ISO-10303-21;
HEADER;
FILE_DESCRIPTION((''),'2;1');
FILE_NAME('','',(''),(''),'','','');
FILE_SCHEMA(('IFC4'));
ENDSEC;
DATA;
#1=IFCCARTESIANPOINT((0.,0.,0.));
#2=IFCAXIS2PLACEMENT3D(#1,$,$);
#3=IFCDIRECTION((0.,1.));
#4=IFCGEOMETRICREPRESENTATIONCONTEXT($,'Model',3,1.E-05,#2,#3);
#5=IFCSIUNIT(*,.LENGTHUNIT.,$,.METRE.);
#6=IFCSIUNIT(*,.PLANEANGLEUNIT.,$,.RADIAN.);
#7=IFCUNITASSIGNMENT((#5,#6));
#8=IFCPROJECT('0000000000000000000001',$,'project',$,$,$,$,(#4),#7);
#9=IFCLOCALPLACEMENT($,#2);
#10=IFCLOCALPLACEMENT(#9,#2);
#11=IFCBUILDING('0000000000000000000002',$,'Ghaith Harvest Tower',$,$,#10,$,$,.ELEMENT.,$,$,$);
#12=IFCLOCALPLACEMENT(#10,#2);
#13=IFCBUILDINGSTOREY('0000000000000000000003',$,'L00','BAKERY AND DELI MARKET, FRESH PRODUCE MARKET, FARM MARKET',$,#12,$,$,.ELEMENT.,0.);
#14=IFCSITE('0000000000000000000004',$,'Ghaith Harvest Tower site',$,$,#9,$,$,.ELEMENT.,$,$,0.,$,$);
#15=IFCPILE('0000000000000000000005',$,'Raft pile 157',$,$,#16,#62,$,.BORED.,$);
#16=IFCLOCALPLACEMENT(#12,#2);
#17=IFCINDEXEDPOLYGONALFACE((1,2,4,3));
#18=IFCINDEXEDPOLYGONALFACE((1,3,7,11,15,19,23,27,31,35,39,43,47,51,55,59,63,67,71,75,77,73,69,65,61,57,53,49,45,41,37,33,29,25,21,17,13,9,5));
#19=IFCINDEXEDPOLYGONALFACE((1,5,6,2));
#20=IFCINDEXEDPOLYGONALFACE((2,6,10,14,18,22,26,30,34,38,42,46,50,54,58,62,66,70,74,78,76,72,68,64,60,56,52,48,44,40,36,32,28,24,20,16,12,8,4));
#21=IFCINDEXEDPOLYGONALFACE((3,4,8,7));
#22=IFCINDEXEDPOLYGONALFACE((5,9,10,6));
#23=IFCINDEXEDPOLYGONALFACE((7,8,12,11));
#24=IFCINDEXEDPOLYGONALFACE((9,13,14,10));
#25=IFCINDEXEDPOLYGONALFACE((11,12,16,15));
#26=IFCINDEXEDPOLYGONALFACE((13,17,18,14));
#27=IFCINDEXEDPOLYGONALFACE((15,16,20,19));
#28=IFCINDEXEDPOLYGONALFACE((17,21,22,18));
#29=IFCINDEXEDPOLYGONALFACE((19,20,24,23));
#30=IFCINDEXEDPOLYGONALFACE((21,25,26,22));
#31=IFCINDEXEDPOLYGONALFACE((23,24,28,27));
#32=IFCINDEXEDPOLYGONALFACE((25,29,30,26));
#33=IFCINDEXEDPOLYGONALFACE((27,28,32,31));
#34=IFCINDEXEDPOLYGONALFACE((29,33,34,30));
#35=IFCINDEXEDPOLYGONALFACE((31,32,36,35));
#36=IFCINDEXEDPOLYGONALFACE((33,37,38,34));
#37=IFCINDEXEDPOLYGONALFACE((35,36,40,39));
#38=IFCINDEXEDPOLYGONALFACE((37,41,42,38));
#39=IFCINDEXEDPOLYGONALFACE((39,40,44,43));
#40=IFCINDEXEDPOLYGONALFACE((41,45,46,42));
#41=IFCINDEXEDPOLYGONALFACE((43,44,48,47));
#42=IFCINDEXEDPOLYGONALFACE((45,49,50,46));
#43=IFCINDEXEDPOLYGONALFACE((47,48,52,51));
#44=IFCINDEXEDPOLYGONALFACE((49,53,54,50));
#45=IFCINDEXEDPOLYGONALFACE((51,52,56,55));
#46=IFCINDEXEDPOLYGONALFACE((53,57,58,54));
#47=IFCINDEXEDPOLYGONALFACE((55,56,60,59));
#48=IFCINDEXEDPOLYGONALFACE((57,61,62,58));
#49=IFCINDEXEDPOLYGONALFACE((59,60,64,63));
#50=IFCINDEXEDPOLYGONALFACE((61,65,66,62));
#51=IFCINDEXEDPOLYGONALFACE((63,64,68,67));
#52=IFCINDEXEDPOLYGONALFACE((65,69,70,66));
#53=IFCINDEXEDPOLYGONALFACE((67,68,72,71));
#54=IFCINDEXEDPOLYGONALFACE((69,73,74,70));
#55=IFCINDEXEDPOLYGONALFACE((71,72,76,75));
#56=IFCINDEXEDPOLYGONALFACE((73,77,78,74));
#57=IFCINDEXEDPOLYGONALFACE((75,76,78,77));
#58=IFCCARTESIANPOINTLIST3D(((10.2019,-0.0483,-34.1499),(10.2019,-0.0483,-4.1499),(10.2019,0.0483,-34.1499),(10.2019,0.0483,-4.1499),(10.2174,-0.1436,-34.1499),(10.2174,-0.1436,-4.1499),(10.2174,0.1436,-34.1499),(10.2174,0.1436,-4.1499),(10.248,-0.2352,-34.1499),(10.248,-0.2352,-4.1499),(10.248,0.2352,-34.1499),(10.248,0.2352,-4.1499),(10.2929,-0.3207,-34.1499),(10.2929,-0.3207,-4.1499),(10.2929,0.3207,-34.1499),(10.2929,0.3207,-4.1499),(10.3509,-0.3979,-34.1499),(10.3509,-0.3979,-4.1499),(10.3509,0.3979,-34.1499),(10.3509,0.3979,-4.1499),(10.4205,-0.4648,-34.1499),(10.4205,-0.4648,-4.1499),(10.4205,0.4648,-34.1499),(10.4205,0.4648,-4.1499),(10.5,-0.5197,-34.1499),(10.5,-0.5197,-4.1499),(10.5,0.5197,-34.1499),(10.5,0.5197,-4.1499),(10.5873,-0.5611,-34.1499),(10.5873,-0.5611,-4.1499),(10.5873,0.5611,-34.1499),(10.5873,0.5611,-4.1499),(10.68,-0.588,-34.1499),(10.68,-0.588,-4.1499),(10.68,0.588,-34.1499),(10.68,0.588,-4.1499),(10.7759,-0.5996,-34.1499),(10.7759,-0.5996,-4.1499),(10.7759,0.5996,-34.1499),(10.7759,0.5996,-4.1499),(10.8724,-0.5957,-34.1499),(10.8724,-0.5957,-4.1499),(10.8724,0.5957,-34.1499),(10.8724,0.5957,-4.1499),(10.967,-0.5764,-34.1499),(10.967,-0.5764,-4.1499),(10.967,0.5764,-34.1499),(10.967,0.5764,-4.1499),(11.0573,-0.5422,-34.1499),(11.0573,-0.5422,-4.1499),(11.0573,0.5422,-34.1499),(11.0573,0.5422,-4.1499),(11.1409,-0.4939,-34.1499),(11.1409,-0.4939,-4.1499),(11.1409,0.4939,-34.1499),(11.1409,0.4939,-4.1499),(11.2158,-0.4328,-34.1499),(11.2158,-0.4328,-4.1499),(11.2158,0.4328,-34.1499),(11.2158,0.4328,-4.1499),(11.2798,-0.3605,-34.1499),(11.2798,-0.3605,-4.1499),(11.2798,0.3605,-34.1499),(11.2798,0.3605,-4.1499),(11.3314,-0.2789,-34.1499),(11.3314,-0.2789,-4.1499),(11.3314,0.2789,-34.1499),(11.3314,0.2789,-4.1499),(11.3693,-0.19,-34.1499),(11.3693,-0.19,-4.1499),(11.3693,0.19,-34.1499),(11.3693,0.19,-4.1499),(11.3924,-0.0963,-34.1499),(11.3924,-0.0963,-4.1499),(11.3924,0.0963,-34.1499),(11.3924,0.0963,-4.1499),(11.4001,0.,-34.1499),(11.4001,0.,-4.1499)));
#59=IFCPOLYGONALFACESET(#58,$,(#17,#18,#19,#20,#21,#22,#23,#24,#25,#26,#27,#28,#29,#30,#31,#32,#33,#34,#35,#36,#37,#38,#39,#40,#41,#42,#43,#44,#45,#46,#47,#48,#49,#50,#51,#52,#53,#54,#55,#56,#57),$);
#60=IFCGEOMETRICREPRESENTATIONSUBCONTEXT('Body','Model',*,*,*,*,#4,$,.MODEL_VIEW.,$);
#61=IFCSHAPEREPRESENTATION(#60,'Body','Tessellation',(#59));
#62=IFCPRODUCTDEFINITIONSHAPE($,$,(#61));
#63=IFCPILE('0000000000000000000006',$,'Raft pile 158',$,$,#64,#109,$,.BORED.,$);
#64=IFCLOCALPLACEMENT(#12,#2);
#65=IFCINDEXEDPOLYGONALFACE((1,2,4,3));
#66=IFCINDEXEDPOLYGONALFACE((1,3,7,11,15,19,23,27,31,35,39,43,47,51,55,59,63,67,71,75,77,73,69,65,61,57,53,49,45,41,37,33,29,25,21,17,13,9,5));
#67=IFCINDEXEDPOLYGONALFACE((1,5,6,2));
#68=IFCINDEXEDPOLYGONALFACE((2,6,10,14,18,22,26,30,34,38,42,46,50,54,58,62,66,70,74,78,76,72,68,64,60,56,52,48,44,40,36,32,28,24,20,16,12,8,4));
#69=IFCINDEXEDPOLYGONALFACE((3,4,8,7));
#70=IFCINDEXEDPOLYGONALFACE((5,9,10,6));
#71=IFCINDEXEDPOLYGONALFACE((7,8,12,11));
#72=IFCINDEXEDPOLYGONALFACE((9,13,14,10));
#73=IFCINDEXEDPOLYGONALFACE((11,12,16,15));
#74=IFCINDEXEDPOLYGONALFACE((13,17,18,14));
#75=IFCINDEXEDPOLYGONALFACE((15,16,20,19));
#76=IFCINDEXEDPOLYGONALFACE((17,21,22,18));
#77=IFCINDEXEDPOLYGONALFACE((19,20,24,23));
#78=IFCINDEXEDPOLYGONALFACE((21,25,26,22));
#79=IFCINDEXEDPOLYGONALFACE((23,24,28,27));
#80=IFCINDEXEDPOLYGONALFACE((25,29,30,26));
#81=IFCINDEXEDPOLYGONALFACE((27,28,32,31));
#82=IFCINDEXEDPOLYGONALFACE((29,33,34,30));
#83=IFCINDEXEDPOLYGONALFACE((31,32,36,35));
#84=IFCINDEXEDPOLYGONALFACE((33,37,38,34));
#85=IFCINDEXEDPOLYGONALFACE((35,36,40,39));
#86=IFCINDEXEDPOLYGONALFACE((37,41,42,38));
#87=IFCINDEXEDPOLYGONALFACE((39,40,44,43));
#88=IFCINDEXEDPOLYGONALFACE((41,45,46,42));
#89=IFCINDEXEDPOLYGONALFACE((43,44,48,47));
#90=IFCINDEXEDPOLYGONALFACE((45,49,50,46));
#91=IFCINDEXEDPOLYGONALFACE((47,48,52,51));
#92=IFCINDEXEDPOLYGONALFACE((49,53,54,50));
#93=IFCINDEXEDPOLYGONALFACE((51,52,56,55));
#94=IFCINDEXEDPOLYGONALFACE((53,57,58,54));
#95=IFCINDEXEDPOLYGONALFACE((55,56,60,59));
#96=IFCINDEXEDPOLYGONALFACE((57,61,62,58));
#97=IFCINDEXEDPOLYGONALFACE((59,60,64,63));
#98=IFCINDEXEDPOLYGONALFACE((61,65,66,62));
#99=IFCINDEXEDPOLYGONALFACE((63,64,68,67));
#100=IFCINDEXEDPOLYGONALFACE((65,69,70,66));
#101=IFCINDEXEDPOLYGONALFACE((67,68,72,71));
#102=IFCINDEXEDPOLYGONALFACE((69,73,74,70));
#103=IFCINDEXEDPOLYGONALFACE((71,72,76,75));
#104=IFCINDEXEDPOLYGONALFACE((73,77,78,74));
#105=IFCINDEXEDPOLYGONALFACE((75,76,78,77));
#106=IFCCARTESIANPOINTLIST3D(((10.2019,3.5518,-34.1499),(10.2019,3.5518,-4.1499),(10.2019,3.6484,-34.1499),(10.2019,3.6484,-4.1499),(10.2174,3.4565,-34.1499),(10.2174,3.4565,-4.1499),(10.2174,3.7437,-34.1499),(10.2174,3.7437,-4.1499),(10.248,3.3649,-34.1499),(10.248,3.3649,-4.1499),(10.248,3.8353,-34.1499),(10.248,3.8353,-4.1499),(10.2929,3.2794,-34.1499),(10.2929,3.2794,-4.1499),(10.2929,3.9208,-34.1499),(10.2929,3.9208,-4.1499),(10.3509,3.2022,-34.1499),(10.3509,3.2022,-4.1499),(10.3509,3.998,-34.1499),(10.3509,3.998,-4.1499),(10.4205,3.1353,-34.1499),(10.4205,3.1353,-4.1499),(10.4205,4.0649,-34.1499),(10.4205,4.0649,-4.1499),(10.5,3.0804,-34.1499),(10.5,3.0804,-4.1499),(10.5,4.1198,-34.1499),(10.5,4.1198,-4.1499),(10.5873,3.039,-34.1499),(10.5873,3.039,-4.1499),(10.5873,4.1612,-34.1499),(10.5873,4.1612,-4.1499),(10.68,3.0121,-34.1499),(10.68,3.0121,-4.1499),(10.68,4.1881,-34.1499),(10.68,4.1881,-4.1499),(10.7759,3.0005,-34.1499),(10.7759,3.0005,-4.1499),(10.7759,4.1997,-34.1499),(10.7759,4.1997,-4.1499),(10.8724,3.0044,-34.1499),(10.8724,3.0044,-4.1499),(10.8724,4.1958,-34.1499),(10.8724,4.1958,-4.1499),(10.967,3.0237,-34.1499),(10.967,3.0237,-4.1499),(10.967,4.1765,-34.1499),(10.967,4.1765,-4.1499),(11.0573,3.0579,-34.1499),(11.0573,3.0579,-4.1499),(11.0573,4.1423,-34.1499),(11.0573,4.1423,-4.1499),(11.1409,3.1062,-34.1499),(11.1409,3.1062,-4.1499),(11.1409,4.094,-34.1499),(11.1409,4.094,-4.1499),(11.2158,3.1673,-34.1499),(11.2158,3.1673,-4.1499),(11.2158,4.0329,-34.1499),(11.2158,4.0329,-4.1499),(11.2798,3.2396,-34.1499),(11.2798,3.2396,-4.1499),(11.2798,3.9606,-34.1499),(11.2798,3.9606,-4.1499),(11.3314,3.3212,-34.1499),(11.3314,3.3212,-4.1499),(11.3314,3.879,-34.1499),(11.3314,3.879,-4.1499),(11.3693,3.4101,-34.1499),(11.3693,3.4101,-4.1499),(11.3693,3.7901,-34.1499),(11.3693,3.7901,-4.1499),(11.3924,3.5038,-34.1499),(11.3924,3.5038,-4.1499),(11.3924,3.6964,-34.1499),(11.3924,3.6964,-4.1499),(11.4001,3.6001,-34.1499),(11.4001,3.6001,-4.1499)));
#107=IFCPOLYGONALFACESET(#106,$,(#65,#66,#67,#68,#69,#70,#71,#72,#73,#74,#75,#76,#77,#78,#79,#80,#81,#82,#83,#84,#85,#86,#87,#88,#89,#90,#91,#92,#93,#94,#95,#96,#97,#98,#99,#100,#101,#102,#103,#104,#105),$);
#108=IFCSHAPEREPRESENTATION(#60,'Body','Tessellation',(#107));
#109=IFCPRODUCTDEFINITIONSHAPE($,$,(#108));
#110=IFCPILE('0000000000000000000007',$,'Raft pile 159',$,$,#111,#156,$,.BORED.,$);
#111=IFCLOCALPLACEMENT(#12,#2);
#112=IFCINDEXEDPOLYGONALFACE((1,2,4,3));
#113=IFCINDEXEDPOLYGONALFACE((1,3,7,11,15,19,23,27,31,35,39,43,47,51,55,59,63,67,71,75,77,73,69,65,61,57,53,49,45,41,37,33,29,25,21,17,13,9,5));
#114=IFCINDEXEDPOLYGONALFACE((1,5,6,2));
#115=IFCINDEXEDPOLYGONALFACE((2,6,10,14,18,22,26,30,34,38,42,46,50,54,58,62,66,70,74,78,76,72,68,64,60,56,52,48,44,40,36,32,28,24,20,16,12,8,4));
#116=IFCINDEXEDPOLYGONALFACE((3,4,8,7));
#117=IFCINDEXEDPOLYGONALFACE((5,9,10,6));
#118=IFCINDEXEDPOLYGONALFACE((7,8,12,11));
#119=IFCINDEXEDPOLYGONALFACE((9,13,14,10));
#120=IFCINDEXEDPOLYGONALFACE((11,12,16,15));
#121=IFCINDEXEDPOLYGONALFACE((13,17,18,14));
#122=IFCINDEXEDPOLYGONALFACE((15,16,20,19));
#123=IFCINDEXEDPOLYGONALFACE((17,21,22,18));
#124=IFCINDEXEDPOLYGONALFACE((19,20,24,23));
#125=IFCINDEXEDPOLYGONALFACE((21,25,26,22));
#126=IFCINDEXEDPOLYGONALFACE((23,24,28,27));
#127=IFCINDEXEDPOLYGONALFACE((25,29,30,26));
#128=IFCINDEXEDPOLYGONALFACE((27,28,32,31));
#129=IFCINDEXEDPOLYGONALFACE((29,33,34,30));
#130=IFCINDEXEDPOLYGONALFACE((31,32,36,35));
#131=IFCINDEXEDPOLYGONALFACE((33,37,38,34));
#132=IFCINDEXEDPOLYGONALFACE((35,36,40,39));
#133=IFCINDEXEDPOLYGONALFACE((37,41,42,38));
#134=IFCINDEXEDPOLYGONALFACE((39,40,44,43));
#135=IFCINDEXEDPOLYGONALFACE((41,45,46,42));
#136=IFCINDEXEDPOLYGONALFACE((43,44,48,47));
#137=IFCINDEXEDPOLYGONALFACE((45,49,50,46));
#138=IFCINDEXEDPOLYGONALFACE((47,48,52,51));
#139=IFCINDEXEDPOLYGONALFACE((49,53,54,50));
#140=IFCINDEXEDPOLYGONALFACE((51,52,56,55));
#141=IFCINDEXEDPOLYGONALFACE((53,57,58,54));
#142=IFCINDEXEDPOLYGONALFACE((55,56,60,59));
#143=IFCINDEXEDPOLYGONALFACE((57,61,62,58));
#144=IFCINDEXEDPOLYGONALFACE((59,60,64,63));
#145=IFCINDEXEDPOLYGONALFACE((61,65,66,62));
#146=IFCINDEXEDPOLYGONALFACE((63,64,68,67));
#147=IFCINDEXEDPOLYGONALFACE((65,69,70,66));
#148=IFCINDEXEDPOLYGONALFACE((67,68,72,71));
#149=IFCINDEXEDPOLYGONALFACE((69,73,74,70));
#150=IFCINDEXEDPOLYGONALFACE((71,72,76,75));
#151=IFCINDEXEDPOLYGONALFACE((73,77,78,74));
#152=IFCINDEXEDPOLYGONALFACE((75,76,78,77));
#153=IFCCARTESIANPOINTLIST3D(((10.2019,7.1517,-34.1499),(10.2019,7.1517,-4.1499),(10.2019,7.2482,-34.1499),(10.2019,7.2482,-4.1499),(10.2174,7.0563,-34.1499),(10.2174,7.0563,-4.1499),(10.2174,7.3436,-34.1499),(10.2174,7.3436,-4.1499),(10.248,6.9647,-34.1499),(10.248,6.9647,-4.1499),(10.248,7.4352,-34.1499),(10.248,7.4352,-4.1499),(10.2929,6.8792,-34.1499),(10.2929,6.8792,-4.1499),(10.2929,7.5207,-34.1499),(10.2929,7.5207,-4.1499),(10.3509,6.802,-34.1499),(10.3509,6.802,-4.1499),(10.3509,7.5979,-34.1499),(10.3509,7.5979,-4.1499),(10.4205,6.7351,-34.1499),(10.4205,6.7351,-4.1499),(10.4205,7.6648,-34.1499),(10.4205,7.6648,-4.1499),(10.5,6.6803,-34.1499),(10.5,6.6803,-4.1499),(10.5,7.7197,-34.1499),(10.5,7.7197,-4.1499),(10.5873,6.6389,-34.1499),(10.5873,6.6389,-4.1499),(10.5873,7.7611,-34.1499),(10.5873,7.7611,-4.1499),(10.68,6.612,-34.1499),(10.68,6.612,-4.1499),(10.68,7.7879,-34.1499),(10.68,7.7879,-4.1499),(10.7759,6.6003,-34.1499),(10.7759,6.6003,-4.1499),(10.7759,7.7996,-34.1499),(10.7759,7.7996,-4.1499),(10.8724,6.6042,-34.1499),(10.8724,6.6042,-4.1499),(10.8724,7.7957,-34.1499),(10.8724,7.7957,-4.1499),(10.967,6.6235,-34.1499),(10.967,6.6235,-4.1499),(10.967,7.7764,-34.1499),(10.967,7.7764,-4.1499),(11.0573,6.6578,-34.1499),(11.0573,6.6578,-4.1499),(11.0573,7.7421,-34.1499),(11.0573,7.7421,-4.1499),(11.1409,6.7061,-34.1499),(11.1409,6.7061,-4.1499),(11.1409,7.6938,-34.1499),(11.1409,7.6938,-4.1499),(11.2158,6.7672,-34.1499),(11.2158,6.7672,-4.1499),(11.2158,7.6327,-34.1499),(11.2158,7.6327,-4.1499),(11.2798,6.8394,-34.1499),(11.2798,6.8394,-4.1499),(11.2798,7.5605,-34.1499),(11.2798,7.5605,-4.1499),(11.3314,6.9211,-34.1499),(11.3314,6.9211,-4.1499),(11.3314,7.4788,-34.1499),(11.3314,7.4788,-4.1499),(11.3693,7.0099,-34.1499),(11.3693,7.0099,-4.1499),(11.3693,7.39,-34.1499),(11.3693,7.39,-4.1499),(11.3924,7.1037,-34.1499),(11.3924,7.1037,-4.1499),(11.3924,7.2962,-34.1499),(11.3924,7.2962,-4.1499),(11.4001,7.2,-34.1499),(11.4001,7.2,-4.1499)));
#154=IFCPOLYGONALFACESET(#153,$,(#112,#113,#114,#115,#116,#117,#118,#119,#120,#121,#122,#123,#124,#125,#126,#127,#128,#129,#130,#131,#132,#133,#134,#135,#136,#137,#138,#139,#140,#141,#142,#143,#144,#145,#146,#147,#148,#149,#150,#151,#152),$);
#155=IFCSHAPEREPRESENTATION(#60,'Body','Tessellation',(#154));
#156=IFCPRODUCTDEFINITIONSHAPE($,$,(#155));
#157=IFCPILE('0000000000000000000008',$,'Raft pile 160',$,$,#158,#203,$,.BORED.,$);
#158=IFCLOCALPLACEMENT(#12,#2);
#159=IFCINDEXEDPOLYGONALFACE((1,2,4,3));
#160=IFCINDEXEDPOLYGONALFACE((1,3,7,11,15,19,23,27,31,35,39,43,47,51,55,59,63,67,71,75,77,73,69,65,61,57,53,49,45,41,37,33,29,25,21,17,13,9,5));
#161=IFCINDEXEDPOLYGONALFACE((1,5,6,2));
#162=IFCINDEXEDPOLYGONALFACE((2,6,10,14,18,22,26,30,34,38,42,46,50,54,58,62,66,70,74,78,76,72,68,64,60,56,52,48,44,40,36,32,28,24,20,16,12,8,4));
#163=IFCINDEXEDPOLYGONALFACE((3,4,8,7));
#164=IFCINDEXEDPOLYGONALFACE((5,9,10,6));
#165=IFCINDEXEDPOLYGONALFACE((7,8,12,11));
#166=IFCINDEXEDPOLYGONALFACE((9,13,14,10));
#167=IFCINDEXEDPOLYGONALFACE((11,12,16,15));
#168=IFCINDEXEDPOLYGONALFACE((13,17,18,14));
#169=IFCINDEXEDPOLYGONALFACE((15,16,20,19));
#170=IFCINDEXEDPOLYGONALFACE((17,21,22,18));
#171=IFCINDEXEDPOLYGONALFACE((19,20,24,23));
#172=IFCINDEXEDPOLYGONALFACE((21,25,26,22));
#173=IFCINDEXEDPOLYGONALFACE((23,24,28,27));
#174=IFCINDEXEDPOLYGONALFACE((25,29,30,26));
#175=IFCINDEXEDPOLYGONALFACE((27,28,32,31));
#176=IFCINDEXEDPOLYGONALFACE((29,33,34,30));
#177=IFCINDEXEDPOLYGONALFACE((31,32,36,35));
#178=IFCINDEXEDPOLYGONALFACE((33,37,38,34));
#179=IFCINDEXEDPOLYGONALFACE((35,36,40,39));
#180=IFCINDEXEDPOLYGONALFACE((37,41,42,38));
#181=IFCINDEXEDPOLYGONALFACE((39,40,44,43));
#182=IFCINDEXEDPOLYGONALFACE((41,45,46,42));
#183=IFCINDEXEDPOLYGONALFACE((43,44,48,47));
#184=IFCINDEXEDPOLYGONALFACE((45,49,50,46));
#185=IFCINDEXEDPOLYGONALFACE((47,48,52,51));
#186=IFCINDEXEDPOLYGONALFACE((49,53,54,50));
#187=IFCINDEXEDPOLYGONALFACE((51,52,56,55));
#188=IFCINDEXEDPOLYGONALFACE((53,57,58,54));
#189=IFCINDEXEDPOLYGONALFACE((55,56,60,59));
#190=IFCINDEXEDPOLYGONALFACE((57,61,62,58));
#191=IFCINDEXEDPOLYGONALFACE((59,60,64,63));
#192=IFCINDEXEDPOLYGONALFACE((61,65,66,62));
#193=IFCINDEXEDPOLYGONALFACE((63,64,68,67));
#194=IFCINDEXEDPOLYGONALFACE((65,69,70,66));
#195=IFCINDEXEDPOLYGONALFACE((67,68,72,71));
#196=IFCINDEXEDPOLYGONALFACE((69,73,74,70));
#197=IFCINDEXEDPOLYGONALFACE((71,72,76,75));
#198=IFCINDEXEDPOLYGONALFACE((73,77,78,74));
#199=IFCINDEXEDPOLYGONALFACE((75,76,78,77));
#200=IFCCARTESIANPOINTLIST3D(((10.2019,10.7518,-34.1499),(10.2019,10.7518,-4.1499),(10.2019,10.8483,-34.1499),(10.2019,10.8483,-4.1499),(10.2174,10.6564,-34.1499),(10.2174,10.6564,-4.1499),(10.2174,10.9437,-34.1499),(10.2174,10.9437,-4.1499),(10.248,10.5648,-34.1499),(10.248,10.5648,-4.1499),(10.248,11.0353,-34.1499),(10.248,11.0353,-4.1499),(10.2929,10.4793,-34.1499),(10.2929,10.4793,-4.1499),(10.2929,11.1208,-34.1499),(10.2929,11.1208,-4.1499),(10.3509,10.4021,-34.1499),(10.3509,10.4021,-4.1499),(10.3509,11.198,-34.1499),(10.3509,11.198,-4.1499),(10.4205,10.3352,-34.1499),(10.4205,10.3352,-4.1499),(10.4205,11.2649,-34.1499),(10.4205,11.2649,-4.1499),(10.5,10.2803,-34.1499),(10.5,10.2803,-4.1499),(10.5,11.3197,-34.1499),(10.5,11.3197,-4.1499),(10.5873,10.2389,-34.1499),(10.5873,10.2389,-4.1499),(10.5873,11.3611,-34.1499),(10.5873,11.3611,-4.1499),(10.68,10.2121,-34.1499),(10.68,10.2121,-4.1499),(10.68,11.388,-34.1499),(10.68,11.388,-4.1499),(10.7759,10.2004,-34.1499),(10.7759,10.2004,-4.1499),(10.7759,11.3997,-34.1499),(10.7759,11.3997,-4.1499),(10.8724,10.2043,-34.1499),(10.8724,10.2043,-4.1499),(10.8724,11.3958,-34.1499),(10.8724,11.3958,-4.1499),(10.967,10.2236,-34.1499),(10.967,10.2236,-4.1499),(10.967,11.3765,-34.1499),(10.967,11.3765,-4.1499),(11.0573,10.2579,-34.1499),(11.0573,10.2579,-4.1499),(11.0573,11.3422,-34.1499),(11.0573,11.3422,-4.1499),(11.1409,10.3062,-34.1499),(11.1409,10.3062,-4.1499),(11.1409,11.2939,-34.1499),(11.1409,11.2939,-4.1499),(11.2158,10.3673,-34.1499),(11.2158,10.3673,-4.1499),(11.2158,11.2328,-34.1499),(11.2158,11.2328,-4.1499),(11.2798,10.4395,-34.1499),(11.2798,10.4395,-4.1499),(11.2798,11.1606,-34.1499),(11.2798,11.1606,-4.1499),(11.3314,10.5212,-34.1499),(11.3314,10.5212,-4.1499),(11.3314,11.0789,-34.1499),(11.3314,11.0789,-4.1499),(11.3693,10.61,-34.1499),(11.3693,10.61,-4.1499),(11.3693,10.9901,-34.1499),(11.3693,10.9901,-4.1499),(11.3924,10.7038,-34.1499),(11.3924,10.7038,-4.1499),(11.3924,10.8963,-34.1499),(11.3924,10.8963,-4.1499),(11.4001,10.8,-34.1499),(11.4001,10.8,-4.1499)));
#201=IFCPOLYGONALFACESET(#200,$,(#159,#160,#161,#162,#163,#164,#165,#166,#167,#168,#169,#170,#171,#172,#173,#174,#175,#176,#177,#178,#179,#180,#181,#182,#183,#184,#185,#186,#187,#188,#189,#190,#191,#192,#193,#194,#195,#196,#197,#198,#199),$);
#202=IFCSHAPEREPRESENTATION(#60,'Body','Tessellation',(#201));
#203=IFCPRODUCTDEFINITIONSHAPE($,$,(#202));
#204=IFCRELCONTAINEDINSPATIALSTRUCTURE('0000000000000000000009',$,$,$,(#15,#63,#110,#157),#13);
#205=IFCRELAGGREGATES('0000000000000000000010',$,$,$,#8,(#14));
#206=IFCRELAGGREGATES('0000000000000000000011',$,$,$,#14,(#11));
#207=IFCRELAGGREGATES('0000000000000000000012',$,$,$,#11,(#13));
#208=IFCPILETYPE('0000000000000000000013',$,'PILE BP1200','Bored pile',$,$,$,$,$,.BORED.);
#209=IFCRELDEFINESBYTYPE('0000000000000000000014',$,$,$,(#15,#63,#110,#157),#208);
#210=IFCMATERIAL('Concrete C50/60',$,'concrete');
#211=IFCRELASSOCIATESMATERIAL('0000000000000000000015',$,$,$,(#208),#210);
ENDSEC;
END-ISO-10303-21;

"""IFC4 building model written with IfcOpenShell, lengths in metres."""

from ifc_helpers import new_model, si_unit, direction, frame, origin, origin_2d, place, context, subcontext, project, spatial, circle, extrude, material, material_profile, profile_set, type_object, element, save


model = new_model("IFC4")

# Units and contexts
model_context = context("Model", 3, precision=1e-05, world=origin(), true_north=direction((0.0, 1.0)))
body_context = subcontext(model_context, "Body", "Model", "MODEL_VIEW")
ifc_project = project(units=[si_unit("LENGTHUNIT", "METRE"), si_unit("PLANEANGLEUNIT", "RADIAN")], contexts=[model_context])

# Site, building, storey
site_placement = place(None, origin())
site = spatial("IfcSite", under=ifc_project, at=site_placement, Name="Ghaith Harvest Tower site", CompositionType="ELEMENT", RefElevation=0.0)
building_placement = place(site_placement, origin())
building = spatial("IfcBuilding", under=site, at=building_placement, Name="Ghaith Harvest Tower", CompositionType="ELEMENT")
storey_placement = place(building_placement, origin())
storey = spatial("IfcBuildingStorey", under=building, at=storey_placement, Name="L00", Description="BAKERY AND DELI MARKET, FRESH PRODUCE MARKET, FARM MARKET", CompositionType="ELEMENT", Elevation=0.0)

# Piles
ifc_material_1 = material(Name="Concrete C50/60", Category="concrete")
ifc_material_profile = material_profile(ifc_material_1, circle(Radius=0.6001, at=origin_2d()), Name="PILE1200")
ifc_profile_set = profile_set([ifc_material_profile], Name="Concrete C50/60")
pile_type = type_object("IfcPileType", Name="PILE BP1200", Description="Bored pile", PredefinedType="BORED", material=ifc_profile_set)
for number, where, z_axis, x_axis, name in (
    (1, (10.8, 0.0, -4.1499), (0.0, 0.0, -1.0), (1.0, 0.0, 0.0), "Raft pile 157"),
    (2, (10.8, 3.6001, -4.1499), (0.0, 0.0, -1.0), (1.0, 0.0, 0.0), "Raft pile 158"),
    (3, (10.8, 7.2, -4.1499), (0.0, 0.0, -1.0), (1.0, 0.0, 0.0), "Raft pile 159"),
    (4, (10.8, 10.8, -4.1499), (0.0, 0.0, -1.0), (1.0, 0.0, 0.0), "Raft pile 160"),
):
    element("IfcPile", number, at=place(storey_placement, frame(where, z_axis=z_axis, x_axis=x_axis)), inside=storey, type_object=pile_type, Name=name, PredefinedType="BORED", context=body_context, shape_type="SweptSolid", body=[
        extrude(circle(Radius=0.6001, at=origin_2d()), origin(), (0.0, 0.0, 1.0), 30.0),
    ])

save(model, "model.ifc")
